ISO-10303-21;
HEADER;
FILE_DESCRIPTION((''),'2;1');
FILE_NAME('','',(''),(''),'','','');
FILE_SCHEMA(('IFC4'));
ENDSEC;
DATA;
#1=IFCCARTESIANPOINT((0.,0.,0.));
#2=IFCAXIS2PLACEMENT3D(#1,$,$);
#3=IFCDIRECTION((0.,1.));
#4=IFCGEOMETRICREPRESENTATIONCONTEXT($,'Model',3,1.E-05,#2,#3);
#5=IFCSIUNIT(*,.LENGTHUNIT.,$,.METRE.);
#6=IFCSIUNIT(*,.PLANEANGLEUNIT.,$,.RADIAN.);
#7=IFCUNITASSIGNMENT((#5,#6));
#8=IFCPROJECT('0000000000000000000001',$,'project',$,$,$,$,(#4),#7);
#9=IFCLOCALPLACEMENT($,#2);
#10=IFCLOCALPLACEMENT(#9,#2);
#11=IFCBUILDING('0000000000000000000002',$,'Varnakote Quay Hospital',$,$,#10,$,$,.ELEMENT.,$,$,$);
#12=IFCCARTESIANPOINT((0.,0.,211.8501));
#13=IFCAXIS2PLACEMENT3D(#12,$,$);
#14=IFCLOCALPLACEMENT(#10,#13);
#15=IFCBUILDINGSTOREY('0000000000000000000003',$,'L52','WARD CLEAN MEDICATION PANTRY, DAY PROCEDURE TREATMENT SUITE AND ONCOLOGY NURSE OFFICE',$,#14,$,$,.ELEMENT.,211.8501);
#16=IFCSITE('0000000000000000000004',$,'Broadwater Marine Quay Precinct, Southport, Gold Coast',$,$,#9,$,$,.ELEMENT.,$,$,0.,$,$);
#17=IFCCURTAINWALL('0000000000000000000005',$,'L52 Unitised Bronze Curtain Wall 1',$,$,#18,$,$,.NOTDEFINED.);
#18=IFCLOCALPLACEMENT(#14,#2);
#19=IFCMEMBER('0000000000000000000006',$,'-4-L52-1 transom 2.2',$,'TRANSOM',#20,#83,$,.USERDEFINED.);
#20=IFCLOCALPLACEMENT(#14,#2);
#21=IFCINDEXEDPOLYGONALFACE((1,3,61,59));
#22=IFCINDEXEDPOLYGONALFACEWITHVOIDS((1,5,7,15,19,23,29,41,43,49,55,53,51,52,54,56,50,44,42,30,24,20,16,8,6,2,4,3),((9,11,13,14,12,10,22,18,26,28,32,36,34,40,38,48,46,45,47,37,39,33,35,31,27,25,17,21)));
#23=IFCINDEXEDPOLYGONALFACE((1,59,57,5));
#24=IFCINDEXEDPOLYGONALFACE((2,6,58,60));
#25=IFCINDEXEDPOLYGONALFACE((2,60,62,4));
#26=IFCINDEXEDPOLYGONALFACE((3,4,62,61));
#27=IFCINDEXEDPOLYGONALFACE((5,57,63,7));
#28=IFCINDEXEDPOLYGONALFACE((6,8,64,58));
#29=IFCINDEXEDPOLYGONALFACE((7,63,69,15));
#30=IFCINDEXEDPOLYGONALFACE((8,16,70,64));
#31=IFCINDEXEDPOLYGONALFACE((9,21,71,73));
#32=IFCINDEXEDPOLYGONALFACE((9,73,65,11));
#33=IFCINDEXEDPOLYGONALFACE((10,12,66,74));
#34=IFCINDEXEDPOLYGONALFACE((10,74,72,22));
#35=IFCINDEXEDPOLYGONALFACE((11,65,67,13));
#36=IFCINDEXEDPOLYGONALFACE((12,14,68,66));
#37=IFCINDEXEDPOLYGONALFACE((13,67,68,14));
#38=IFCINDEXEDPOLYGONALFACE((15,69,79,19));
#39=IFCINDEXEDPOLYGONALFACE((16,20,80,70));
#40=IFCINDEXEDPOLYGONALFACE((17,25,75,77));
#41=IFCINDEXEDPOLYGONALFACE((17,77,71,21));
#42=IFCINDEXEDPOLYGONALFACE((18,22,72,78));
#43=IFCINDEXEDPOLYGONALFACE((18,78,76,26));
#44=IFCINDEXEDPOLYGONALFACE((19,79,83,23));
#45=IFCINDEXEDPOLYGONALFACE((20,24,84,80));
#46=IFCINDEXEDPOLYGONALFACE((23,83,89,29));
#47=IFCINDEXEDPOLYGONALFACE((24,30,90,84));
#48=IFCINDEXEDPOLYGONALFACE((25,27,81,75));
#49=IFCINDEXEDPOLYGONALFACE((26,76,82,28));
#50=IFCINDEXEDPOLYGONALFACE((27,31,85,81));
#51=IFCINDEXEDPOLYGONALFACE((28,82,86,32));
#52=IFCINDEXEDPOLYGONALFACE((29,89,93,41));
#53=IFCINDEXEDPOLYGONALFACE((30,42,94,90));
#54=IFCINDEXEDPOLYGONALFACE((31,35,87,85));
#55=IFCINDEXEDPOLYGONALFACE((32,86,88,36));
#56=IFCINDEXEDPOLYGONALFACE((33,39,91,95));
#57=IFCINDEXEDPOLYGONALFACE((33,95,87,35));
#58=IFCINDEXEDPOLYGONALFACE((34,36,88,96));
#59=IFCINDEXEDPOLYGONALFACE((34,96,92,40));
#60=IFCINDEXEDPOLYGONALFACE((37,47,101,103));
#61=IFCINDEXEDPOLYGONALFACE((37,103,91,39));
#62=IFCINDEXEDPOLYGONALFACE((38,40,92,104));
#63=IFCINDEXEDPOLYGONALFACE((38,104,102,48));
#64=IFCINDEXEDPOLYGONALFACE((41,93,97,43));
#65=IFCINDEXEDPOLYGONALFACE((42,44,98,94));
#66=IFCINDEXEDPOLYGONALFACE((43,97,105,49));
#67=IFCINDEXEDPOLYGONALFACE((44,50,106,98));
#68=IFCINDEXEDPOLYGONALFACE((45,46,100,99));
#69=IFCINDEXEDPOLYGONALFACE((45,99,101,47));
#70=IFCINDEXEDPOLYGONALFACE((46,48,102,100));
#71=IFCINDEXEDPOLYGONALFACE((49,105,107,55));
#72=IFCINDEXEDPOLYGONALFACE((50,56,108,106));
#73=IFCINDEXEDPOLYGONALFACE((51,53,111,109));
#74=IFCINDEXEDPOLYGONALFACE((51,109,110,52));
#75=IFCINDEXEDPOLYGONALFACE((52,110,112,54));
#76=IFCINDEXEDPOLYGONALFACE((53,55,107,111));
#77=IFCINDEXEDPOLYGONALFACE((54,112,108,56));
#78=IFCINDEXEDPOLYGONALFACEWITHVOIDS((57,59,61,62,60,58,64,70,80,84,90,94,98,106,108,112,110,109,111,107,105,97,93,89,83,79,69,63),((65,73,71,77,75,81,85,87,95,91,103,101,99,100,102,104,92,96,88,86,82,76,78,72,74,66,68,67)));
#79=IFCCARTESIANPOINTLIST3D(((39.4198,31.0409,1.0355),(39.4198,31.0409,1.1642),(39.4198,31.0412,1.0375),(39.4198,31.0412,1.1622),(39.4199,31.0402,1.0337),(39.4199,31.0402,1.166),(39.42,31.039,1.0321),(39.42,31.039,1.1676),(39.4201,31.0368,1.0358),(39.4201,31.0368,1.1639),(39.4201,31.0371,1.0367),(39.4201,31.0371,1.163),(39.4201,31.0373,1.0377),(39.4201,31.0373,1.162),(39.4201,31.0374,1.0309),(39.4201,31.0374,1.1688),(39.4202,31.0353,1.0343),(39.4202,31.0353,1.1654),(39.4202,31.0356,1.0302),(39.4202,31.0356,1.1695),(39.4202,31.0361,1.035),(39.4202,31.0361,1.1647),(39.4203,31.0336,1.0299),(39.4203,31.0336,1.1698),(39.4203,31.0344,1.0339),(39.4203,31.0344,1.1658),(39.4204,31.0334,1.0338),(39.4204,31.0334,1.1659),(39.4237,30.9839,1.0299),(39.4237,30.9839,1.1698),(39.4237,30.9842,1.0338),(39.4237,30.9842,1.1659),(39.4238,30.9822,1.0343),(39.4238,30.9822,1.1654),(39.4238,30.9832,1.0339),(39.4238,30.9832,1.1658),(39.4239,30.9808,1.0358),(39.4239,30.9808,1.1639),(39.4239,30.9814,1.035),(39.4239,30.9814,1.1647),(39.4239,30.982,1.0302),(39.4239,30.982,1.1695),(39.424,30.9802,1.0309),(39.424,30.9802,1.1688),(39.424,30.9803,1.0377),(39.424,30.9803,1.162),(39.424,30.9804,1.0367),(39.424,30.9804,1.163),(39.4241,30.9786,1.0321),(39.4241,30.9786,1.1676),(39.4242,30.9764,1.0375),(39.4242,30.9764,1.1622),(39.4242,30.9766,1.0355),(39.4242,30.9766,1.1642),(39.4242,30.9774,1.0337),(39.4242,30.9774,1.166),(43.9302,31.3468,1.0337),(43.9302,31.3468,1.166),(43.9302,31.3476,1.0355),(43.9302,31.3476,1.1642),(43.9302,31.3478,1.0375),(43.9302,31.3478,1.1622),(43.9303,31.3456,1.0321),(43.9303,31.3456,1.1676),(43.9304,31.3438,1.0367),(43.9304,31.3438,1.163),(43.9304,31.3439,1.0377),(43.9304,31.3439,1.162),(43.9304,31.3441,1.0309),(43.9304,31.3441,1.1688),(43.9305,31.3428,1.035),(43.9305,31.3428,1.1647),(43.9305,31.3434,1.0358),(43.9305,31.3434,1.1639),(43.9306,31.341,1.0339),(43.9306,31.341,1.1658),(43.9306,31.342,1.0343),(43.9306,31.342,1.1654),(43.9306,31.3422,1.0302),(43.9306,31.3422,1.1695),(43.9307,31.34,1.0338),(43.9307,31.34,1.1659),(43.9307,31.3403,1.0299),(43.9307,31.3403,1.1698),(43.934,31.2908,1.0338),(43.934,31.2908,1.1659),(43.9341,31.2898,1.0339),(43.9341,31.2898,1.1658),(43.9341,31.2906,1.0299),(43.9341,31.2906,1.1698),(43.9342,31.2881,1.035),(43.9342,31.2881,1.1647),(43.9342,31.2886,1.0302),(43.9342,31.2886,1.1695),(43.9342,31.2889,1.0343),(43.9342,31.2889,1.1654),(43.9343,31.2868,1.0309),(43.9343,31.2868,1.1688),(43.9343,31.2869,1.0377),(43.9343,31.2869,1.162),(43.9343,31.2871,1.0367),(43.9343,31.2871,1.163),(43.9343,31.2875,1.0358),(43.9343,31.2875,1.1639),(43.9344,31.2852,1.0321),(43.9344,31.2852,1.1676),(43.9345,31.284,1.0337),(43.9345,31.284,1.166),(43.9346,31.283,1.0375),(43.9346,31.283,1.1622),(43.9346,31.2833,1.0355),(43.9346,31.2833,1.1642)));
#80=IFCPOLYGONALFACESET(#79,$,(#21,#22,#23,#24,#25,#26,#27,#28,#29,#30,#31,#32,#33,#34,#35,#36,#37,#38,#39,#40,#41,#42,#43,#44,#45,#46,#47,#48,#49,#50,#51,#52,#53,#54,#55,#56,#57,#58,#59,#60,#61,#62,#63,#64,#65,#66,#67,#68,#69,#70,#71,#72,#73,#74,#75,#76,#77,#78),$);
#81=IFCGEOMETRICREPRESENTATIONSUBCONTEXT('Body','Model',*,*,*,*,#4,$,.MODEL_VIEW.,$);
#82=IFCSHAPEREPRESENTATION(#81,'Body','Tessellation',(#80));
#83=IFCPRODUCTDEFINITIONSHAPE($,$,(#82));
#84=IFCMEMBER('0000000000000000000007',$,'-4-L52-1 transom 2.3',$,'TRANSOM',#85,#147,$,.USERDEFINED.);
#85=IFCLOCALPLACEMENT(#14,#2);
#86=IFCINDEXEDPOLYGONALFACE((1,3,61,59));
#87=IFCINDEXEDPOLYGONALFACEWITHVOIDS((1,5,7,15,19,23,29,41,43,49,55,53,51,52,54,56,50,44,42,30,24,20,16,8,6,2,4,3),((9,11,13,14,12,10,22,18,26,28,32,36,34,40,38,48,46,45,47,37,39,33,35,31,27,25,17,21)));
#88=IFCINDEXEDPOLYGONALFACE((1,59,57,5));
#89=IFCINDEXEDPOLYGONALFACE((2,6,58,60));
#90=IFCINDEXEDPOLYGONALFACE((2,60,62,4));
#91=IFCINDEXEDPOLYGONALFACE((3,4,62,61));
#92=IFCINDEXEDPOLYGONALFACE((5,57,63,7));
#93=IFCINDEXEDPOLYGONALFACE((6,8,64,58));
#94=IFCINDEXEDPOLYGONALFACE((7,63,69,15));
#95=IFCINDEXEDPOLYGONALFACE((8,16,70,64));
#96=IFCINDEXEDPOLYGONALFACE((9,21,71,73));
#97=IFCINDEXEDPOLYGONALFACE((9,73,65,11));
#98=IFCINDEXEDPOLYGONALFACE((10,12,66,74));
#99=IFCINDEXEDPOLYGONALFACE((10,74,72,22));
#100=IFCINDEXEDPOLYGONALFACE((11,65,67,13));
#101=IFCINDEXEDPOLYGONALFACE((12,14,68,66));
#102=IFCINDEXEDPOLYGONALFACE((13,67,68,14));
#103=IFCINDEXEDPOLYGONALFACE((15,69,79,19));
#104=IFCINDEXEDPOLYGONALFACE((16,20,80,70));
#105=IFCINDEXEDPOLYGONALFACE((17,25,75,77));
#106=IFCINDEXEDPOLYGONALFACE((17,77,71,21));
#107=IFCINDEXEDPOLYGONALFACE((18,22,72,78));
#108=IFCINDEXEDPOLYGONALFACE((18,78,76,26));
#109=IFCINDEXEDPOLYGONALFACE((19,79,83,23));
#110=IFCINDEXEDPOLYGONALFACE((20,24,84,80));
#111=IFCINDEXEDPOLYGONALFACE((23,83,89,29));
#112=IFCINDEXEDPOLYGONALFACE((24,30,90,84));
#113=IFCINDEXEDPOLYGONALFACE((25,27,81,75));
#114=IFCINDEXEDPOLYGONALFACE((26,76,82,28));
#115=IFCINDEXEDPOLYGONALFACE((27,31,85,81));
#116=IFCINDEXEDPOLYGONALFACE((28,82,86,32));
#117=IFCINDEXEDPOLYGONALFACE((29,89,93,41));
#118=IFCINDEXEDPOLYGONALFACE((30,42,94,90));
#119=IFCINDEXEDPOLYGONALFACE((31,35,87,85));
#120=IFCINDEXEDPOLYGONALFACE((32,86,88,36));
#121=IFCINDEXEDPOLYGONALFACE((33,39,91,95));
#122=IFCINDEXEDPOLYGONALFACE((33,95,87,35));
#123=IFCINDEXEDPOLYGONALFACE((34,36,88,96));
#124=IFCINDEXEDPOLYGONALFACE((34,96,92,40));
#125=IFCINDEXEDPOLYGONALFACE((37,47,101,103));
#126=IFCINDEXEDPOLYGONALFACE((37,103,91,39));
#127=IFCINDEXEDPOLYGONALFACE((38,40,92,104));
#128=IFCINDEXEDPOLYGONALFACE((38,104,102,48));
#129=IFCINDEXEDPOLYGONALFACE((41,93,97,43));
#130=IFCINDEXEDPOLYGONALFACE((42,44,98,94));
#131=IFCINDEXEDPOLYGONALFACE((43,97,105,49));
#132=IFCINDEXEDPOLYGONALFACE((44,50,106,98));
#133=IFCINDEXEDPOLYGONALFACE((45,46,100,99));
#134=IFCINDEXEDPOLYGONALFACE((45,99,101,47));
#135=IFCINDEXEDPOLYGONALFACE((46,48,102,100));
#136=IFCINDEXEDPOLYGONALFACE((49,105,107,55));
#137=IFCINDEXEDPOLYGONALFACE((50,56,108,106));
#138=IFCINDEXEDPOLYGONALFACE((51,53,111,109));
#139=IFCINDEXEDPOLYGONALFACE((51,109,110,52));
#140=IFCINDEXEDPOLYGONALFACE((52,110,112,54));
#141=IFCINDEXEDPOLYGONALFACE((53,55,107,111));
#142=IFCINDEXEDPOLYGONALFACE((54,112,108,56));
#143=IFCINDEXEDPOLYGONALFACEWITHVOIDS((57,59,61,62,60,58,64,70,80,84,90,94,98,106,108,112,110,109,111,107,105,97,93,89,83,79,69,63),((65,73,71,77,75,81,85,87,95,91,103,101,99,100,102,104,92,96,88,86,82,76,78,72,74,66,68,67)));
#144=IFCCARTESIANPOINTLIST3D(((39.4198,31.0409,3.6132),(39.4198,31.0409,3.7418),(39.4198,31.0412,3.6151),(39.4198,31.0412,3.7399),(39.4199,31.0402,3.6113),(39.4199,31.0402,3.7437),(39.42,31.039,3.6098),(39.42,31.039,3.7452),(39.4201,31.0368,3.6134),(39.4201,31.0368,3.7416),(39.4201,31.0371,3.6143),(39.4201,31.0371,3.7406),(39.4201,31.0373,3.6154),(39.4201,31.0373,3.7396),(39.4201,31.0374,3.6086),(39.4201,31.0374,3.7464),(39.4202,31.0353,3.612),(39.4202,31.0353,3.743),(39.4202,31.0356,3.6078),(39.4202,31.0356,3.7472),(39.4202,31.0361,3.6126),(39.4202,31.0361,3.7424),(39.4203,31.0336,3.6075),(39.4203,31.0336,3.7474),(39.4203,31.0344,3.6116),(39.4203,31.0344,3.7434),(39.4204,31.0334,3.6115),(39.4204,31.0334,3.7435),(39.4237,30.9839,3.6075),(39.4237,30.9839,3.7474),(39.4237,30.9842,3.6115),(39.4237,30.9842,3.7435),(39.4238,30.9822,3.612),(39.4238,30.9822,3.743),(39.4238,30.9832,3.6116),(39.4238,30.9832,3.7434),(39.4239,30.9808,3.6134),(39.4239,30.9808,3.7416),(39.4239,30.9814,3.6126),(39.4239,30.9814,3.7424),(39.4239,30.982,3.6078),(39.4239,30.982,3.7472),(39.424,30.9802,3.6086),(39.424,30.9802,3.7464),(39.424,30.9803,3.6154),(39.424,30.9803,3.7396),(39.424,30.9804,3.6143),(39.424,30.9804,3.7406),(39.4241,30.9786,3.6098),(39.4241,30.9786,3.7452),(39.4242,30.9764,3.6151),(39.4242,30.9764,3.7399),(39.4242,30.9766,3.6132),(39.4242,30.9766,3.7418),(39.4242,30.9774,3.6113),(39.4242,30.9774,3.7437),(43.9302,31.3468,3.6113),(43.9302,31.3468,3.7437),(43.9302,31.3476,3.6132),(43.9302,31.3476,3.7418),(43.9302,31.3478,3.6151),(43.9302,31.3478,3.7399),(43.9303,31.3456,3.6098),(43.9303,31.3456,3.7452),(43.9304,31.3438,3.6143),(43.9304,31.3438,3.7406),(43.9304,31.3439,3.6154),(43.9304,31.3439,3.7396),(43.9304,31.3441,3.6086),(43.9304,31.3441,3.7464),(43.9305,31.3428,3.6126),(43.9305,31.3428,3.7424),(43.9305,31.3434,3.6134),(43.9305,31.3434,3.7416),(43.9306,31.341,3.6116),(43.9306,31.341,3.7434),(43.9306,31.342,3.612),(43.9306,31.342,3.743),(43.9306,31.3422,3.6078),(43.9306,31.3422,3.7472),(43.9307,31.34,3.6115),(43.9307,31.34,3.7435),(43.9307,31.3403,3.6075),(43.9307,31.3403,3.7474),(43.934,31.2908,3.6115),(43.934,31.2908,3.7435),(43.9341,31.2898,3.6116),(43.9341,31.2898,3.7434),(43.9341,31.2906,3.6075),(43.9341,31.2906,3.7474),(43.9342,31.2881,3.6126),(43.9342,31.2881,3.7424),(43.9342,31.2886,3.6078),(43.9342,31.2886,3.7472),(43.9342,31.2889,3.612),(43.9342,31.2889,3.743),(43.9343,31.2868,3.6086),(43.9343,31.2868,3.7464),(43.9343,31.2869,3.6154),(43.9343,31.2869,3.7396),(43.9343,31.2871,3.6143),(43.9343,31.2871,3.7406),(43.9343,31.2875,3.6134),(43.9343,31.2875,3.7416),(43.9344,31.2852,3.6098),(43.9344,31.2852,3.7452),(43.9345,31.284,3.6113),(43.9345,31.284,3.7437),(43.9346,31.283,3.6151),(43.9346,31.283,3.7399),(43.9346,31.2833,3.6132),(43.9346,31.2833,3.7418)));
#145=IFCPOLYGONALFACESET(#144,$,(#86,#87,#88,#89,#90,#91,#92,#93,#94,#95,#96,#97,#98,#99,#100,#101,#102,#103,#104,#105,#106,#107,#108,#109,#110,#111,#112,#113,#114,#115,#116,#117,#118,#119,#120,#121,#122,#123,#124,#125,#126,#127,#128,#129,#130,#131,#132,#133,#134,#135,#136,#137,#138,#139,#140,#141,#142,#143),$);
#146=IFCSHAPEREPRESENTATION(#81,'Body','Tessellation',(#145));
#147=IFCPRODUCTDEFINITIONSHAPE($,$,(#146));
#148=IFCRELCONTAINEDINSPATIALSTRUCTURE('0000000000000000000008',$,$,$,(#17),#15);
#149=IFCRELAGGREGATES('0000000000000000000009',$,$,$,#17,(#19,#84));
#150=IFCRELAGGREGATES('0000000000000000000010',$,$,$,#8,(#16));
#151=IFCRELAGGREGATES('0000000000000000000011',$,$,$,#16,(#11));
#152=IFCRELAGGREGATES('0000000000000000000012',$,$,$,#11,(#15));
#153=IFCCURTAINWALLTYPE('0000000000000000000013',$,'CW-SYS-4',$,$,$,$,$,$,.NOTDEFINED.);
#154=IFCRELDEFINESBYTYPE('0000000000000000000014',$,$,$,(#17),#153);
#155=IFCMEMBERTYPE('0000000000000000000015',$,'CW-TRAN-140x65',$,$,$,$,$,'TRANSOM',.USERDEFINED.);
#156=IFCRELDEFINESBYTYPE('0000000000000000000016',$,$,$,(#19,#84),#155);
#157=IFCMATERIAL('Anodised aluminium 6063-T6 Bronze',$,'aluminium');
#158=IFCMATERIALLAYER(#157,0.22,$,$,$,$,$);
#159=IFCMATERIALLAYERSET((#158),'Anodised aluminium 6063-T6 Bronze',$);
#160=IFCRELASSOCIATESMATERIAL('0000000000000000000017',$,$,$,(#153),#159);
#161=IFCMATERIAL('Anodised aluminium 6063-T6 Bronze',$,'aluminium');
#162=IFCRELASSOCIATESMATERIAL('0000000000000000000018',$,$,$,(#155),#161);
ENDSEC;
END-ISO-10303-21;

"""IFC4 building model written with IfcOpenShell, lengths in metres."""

from ifc_helpers import new_model, si_unit, direction, frame, origin, origin_2d, place, context, subcontext, project, spatial, hollow_rectangle, extrude, material, layer, layer_set, material_profile, profile_set, type_object, element, aggregate, save


model = new_model("IFC4")

# Units and contexts
model_context = context("Model", 3, precision=1e-05, world=origin(), true_north=direction((0.0, 1.0)))
body_context = subcontext(model_context, "Body", "Model", "MODEL_VIEW")
ifc_project = project(units=[si_unit("LENGTHUNIT", "METRE"), si_unit("PLANEANGLEUNIT", "RADIAN")], contexts=[model_context])

# Site, building, storey
site_placement = place(None, origin())
site = spatial("IfcSite", under=ifc_project, at=site_placement, Name="Broadwater Marine Quay Precinct, Southport, Gold Coast", CompositionType="ELEMENT", RefElevation=0.0)
building_placement = place(site_placement, origin())
building = spatial("IfcBuilding", under=site, at=building_placement, Name="Varnakote Quay Hospital", CompositionType="ELEMENT")
storey_placement = place(building_placement, frame((0.0, 0.0, 211.8501)))
storey = spatial("IfcBuildingStorey", under=building, at=storey_placement, Name="L52", Description="WARD CLEAN MEDICATION PANTRY, DAY PROCEDURE TREATMENT SUITE AND ONCOLOGY NURSE OFFICE", CompositionType="ELEMENT", Elevation=211.8501)

# Curtain wall, members
ifc_material_1 = material(Name="Anodised aluminium 6063-T6 Bronze", Category="aluminium")
ifc_layer_1 = layer(ifc_material_1, 0.22)
ifc_layer_set_1 = layer_set([ifc_layer_1], Name="Anodised aluminium 6063-T6 Bronze")
curtain_wall_type = type_object("IfcCurtainWallType", Name="CW-SYS-4", PredefinedType="NOTDEFINED", material=ifc_layer_set_1)
curtain_wall_placement = place(storey_placement, origin())
curtain_wall = element("IfcCurtainWall", 1, at=curtain_wall_placement, inside=storey, type_object=curtain_wall_type, Name="L52 Unitised Bronze Curtain Wall 1", PredefinedType="NOTDEFINED")
ifc_material_2 = material(Name="Anodised aluminium 6063-T6 Bronze", Category="aluminium")
ifc_material_profile_1 = material_profile(ifc_material_2, hollow_rectangle(XDim=0.0649, YDim=0.1399, WallThickness=0.0039, InnerFilletRadius=0.0039, OuterFilletRadius=0.0076, at=origin_2d()), Name="CW-TRAN-140x65")
ifc_profile_set_1 = profile_set([ifc_material_profile_1], Name="Anodised aluminium 6063-T6 Bronze")
member_type_1 = type_object("IfcMemberType", Name="CW-TRAN-140x65", ElementType="TRANSOM", PredefinedType="USERDEFINED", material=ifc_profile_set_1)
member_1_placement = place(storey_placement, frame((43.9324, 31.3154, 1.0999), z_axis=(-0.997697, -0.067831, 0.0), x_axis=(0.067831, -0.997697, 0.0)))
member_1 = element("IfcMember", 2, at=member_1_placement, type_object=member_type_1, Name="-4-L52-1 transom 2.2", ObjectType="TRANSOM", PredefinedType="USERDEFINED", context=body_context, shape_type="SweptSolid", body=[
    extrude(hollow_rectangle(XDim=0.0649, YDim=0.1399, WallThickness=0.0039, InnerFilletRadius=0.0039, OuterFilletRadius=0.0076, at=origin_2d()), origin(), (0.0, 0.0, 1.0), 4.5208),
])
member_2_placement = place(storey_placement, frame((43.9324, 31.3154, 3.6775), z_axis=(-0.997697, -0.067831, 0.0), x_axis=(0.067831, -0.997697, 0.0)))
member_2 = element("IfcMember", 3, at=member_2_placement, type_object=member_type_1, Name="-4-L52-1 transom 2.3", ObjectType="TRANSOM", PredefinedType="USERDEFINED", context=body_context, shape_type="SweptSolid", body=[
    extrude(hollow_rectangle(XDim=0.0649, YDim=0.1399, WallThickness=0.0039, InnerFilletRadius=0.0039, OuterFilletRadius=0.0076, at=origin_2d()), origin(), (0.0, 0.0, 1.0), 4.5208),
])
aggregate(curtain_wall, [member_1, member_2])

save(model, "model.ifc")
